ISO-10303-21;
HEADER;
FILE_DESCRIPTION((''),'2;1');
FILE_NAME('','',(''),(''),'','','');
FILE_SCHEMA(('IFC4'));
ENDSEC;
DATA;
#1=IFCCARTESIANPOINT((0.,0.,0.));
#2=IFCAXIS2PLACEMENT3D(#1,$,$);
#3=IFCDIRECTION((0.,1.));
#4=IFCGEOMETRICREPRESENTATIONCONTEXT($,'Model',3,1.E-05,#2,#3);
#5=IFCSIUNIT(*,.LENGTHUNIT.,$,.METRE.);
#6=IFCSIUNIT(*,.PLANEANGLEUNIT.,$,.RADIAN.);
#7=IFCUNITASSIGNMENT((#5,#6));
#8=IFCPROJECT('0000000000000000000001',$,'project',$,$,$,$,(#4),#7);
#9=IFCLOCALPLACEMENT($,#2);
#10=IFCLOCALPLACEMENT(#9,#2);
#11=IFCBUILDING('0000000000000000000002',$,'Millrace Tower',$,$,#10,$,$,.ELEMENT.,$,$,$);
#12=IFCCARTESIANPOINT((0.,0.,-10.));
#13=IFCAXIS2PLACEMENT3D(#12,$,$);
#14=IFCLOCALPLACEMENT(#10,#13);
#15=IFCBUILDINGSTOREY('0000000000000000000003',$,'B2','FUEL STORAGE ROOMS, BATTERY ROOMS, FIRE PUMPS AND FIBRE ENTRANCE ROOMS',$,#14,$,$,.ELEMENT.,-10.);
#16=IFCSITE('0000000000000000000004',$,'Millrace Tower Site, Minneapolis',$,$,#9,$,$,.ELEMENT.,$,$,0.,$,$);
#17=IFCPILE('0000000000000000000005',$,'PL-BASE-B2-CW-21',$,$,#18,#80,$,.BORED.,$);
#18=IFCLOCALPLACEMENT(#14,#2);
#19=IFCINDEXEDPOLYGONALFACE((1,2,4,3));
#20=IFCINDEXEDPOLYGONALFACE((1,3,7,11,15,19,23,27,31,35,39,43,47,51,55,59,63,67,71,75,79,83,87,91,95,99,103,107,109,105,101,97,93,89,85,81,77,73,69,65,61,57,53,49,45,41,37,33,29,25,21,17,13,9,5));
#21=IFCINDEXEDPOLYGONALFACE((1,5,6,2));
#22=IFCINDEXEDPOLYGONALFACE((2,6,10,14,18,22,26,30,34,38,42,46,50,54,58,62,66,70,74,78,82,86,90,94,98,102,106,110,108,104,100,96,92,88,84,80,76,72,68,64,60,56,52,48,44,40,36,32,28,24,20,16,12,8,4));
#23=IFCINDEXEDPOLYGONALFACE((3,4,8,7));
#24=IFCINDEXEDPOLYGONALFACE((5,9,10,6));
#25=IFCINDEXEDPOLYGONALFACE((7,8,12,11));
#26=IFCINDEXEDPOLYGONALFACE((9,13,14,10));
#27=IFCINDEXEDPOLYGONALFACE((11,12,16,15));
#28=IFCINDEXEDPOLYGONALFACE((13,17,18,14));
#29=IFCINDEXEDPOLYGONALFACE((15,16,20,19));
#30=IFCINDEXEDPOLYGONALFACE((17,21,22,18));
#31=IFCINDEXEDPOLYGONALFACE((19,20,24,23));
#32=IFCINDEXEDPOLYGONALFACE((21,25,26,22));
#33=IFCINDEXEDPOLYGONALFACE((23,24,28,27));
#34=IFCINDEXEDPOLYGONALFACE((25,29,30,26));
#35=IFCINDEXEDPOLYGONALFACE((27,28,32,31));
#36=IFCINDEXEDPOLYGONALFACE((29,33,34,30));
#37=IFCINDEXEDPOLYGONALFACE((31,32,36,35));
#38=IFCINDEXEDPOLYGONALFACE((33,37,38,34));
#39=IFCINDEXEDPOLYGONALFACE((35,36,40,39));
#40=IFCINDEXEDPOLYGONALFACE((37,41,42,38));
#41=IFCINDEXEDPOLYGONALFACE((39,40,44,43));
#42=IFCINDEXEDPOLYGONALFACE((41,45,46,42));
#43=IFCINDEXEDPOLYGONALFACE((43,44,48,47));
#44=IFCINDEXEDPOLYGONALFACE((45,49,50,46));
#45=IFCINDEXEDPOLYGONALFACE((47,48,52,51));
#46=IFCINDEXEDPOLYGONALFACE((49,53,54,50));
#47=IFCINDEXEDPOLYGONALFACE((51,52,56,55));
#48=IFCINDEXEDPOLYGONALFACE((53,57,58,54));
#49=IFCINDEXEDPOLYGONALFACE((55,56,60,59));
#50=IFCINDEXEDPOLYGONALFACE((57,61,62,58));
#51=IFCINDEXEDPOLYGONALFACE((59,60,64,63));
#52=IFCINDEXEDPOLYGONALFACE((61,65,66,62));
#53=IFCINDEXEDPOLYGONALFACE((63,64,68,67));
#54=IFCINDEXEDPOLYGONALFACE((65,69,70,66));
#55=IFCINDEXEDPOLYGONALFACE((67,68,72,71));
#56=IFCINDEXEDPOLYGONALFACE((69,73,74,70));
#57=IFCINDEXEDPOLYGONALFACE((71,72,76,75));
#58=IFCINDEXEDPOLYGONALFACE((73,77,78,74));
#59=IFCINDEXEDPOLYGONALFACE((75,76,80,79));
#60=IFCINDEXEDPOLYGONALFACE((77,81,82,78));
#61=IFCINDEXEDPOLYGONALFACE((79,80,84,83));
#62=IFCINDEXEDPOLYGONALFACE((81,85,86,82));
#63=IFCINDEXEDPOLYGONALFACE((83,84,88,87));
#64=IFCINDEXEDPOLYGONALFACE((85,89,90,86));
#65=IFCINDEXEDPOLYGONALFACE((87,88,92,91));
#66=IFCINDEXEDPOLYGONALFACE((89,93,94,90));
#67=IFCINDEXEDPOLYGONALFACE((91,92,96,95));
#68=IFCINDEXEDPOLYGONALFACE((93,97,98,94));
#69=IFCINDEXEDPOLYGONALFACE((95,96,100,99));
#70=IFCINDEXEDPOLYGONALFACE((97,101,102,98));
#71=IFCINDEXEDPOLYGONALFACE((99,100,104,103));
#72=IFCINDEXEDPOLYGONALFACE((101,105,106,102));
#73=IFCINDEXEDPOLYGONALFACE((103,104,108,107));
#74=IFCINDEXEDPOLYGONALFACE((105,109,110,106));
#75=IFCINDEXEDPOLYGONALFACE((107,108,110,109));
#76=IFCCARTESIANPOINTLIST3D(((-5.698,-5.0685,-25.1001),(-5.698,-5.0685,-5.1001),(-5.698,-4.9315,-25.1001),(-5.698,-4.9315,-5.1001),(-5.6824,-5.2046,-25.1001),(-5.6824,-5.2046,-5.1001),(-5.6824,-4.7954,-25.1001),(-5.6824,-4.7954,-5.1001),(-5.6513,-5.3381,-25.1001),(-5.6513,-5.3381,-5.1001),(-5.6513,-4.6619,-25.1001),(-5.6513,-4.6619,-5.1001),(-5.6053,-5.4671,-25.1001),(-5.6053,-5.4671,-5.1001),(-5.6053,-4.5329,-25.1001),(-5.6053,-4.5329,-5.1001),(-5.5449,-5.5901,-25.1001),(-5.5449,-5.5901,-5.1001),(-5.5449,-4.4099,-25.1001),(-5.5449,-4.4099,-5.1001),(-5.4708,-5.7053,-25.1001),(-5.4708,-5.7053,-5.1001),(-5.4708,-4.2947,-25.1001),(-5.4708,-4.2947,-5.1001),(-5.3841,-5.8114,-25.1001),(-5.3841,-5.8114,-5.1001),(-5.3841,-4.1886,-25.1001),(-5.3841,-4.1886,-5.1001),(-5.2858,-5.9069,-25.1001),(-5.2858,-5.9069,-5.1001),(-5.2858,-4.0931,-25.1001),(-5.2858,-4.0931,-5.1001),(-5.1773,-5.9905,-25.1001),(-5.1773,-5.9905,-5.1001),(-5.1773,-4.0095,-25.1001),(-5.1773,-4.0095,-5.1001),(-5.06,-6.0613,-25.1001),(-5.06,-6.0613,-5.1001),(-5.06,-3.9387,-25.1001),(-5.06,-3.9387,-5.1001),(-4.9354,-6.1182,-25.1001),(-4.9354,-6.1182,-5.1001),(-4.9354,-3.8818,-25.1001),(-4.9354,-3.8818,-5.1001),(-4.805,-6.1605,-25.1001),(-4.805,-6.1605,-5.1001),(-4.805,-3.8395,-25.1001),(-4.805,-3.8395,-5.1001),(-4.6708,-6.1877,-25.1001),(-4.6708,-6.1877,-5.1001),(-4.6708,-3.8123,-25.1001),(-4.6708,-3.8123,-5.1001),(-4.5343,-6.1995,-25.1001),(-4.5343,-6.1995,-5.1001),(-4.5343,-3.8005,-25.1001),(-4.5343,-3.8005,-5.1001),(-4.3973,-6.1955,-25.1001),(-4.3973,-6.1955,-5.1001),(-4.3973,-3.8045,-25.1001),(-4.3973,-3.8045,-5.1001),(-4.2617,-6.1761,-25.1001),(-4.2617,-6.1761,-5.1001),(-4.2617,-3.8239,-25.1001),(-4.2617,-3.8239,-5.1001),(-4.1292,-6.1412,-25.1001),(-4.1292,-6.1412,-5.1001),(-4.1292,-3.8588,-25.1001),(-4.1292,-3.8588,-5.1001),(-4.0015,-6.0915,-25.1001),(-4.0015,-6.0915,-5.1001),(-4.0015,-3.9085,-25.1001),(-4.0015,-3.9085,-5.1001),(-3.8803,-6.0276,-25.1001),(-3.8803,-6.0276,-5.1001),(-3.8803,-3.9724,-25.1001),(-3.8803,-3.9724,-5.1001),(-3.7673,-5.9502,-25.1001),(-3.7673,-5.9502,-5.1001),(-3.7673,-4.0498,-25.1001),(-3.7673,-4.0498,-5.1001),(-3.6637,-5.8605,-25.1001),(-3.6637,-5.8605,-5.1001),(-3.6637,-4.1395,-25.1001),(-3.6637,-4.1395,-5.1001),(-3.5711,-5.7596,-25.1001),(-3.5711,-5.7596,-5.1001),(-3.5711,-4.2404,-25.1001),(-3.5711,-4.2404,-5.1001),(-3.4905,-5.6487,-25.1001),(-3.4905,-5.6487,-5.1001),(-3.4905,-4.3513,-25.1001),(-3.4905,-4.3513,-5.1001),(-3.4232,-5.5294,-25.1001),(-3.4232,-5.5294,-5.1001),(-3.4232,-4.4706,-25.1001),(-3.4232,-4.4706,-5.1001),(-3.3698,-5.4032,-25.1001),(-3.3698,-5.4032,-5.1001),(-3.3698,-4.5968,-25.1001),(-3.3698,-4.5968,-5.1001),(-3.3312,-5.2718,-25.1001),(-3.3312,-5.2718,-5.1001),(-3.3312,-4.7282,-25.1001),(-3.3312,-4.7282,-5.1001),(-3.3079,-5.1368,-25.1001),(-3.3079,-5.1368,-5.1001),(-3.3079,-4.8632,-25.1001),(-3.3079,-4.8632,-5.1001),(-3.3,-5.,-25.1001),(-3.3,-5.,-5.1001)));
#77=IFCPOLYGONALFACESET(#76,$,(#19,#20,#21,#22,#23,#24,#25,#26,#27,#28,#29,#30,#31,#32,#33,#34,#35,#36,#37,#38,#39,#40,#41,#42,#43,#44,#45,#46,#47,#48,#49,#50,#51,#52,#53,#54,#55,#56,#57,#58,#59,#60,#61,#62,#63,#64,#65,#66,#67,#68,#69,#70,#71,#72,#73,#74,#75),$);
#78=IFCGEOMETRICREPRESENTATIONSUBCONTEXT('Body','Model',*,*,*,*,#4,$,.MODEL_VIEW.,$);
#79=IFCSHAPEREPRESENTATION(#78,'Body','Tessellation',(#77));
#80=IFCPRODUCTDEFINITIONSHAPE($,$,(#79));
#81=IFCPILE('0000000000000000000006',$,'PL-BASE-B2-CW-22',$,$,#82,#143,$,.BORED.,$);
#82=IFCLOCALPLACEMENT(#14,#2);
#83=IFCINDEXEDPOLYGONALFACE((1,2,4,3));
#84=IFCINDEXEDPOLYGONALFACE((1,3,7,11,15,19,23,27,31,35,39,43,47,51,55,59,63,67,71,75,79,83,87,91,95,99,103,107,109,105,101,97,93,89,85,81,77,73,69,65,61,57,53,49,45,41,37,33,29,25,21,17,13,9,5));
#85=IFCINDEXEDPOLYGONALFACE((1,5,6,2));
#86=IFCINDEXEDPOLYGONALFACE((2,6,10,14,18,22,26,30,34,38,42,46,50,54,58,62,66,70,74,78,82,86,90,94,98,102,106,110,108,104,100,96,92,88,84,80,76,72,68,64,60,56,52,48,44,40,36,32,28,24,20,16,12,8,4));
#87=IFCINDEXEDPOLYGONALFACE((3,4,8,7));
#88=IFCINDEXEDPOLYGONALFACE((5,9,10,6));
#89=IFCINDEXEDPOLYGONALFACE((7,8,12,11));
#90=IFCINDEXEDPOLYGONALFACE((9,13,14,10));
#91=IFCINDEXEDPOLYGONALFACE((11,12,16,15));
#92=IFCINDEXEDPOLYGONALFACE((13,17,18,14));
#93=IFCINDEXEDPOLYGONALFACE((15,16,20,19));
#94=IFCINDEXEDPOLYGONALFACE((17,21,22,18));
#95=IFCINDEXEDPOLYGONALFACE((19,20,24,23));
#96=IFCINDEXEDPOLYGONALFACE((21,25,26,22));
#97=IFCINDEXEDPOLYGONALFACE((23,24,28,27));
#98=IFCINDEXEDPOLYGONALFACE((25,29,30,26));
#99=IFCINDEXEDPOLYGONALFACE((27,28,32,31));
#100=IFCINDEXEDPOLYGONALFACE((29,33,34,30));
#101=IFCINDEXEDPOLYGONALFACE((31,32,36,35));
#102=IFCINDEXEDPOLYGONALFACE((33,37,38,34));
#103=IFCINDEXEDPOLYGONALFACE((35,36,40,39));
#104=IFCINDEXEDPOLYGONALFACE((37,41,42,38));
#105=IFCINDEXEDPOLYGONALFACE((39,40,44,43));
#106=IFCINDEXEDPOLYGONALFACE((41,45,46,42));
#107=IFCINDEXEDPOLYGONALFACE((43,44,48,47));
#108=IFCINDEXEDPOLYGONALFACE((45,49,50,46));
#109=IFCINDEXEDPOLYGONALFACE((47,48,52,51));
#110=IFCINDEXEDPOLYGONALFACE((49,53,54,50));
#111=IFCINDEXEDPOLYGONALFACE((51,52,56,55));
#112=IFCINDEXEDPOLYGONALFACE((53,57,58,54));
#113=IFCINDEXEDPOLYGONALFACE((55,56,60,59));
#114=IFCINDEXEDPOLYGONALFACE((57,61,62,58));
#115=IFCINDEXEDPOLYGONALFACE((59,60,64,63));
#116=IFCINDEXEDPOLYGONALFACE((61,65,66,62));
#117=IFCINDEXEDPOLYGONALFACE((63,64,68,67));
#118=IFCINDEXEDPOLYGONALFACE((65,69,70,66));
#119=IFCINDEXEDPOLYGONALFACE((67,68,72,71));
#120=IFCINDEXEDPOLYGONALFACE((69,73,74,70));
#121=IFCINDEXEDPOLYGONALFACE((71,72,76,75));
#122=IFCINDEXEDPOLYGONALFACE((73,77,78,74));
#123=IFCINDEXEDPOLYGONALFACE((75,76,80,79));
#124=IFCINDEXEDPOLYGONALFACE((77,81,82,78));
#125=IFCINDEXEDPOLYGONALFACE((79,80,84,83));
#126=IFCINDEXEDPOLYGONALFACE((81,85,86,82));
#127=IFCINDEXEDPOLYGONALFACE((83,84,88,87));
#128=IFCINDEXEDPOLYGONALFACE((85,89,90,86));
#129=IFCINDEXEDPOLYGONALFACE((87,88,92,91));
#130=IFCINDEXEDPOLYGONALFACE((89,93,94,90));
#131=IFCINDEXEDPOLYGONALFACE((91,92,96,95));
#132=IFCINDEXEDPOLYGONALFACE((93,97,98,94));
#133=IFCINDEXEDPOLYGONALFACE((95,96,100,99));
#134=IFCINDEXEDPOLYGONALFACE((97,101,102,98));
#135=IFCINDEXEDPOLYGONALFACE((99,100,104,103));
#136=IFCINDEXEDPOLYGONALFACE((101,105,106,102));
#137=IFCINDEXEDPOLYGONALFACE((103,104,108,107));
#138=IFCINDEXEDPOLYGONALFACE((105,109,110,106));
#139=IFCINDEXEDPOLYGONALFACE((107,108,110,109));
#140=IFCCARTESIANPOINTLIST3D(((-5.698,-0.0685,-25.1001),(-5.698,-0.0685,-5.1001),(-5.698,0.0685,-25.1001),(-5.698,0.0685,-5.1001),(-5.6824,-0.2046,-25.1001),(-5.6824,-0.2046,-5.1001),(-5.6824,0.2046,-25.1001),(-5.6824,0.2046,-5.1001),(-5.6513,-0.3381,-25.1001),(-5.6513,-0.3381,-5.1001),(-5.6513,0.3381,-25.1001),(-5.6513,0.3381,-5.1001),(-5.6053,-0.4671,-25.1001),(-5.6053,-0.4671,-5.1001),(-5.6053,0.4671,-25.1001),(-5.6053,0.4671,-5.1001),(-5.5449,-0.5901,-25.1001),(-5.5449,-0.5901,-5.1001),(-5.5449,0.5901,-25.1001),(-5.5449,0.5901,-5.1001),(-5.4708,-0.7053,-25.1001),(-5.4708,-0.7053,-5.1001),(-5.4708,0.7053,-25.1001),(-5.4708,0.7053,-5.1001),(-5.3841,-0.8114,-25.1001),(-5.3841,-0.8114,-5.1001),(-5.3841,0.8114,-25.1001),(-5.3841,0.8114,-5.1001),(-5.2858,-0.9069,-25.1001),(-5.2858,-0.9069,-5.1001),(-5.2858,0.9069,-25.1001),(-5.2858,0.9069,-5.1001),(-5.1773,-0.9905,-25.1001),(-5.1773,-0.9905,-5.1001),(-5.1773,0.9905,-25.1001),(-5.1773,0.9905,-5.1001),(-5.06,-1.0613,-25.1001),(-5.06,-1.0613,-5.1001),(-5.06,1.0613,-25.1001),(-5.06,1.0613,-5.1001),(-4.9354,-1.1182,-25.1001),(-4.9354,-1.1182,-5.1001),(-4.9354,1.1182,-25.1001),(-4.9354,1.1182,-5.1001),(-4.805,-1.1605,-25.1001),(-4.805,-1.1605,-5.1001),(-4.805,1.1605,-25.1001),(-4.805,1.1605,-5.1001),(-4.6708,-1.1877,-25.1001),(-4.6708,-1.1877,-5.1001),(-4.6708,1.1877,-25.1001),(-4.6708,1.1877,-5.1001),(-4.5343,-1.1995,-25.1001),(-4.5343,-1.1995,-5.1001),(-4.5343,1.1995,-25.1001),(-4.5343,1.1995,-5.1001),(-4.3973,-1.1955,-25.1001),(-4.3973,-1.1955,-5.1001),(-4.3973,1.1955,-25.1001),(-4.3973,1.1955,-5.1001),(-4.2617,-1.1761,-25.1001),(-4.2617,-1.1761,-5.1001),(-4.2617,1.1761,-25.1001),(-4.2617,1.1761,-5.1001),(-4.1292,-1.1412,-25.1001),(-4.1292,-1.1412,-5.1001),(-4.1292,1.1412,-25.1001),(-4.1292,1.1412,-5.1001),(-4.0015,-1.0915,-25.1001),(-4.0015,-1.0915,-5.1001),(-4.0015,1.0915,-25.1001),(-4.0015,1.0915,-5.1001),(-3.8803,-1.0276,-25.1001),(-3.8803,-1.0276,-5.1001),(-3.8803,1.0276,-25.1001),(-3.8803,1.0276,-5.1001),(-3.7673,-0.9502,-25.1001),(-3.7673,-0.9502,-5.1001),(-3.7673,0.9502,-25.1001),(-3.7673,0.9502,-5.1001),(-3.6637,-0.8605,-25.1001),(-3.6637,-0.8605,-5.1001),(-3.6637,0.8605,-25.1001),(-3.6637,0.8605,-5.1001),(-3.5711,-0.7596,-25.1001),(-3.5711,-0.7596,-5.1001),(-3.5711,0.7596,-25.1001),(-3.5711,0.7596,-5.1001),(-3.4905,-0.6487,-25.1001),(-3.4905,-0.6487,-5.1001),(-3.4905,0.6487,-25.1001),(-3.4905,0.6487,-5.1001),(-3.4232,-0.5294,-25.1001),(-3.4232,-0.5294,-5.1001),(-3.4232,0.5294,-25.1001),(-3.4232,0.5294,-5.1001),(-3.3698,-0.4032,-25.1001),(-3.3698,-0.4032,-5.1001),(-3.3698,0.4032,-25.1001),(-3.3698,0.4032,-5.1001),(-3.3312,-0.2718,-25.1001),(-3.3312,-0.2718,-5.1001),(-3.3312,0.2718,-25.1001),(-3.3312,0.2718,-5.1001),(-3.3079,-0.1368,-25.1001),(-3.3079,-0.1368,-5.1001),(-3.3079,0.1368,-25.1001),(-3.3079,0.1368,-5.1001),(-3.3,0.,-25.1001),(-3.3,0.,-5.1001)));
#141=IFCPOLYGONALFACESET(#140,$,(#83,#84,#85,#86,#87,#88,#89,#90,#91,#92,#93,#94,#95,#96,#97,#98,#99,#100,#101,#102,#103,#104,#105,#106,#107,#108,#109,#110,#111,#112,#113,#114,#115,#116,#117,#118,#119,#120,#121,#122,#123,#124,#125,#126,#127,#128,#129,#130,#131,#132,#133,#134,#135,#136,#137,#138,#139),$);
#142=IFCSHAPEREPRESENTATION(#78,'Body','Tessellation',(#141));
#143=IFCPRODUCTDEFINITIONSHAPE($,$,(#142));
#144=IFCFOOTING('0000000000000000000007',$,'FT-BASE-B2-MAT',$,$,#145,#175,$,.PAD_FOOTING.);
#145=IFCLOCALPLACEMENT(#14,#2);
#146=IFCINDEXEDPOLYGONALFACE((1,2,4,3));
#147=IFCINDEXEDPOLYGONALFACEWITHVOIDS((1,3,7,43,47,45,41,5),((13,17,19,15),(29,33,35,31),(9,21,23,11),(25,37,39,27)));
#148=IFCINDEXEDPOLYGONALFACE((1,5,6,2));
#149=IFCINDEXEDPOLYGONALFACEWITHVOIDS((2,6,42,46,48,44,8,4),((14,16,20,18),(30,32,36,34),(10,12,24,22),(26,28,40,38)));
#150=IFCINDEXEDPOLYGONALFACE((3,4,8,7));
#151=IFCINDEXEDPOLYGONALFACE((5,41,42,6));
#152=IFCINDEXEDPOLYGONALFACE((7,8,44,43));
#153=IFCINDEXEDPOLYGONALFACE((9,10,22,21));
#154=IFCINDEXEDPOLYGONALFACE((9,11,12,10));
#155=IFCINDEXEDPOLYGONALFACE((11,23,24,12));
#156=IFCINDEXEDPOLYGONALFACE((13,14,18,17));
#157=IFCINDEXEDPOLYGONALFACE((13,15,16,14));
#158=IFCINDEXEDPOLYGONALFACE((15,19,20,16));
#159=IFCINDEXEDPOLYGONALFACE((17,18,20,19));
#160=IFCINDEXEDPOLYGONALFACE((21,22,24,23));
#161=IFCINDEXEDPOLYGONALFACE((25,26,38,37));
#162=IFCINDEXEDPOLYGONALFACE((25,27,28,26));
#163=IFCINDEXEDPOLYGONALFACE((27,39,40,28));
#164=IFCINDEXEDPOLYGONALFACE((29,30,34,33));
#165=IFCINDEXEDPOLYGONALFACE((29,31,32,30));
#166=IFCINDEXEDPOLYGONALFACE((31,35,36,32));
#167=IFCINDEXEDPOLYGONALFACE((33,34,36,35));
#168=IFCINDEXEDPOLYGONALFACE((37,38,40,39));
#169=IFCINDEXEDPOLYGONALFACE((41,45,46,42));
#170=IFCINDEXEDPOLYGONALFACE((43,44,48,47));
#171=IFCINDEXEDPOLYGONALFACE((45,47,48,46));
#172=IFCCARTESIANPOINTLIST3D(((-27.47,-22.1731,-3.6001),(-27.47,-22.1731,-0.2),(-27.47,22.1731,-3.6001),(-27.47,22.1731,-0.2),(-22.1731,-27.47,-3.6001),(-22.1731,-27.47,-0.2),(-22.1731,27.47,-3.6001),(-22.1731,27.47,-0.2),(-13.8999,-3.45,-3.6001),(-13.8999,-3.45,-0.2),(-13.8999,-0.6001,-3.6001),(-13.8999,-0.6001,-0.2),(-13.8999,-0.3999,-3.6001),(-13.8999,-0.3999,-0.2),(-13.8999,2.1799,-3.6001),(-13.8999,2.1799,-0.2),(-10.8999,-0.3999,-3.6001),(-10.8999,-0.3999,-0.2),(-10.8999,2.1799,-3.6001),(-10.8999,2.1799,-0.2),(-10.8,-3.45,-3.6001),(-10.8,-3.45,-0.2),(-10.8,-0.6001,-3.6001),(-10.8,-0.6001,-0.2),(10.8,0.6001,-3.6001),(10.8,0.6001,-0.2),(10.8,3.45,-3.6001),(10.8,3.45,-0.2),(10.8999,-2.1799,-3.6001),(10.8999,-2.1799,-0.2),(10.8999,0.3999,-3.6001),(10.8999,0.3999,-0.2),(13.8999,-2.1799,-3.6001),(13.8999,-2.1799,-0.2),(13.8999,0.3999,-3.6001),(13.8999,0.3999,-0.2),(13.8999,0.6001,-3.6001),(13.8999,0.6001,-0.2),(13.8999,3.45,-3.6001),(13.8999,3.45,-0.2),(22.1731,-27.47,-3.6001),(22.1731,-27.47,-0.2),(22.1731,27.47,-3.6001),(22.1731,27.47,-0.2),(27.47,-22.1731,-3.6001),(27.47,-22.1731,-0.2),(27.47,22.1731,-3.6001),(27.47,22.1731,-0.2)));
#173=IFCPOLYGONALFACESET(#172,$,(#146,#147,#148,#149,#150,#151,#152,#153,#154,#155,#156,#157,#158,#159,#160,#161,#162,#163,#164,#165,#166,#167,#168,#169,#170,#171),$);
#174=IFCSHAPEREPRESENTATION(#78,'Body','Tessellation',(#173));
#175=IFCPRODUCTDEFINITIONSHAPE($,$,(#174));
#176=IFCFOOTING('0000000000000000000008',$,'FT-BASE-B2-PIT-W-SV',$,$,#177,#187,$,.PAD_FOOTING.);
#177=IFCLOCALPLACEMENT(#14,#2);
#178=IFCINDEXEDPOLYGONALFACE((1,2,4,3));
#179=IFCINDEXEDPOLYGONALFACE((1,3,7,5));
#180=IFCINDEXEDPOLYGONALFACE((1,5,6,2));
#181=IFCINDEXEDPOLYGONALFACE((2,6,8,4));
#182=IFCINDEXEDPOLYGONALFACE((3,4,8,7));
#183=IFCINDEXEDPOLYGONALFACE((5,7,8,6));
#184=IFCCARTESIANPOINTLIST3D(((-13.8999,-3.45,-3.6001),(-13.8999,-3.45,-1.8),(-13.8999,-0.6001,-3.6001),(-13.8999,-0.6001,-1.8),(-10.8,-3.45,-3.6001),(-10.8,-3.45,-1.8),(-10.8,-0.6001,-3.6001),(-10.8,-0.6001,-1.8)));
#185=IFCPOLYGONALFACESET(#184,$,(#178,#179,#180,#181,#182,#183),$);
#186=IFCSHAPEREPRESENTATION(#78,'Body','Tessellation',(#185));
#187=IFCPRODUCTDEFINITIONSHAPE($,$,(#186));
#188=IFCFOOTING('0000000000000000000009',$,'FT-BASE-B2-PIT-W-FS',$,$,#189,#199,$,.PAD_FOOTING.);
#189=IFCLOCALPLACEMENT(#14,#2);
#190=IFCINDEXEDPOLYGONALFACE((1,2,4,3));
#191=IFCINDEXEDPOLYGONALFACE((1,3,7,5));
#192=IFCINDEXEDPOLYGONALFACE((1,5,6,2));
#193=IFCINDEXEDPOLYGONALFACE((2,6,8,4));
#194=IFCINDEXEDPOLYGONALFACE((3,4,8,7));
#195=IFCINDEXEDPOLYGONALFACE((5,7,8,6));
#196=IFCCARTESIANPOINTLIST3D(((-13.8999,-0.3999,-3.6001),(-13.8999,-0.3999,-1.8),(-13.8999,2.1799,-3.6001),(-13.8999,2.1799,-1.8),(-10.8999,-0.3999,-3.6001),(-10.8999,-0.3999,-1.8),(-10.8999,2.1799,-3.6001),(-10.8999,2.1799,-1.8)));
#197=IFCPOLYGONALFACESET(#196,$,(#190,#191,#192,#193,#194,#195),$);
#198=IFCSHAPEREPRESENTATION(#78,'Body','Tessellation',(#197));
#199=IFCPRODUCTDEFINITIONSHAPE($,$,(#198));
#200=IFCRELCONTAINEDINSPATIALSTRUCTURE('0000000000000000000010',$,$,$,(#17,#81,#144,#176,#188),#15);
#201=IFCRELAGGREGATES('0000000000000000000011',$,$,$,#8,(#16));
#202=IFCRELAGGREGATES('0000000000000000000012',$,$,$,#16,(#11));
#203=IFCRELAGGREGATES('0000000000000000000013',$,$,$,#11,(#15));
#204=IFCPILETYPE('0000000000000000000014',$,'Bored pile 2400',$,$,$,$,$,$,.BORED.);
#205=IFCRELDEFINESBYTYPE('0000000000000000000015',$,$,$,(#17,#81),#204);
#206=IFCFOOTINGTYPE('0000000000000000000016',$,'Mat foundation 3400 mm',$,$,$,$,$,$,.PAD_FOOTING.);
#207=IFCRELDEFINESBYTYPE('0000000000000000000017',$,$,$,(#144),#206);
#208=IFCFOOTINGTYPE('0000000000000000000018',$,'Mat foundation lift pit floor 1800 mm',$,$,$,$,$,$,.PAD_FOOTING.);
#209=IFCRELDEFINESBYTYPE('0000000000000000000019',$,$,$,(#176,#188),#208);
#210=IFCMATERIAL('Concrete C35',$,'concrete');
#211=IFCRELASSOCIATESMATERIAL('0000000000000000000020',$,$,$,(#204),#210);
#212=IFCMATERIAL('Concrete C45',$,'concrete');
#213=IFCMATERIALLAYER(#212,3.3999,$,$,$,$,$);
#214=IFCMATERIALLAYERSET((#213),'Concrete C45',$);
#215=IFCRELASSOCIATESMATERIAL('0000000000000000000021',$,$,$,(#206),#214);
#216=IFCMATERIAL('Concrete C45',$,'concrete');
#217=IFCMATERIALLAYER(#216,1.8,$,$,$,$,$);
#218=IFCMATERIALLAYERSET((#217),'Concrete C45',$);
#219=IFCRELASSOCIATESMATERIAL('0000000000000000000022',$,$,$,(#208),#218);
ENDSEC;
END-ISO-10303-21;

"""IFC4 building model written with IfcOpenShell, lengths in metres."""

from ifc_helpers import new_model, si_unit, direction, frame, origin, origin_2d, place, context, subcontext, project, spatial, polyline, circle, outline, extrude, material, layer, layer_set, material_profile, profile_set, type_object, element, save


model = new_model("IFC4")

# Units and contexts
model_context = context("Model", 3, precision=1e-05, world=origin(), true_north=direction((0.0, 1.0)))
body_context = subcontext(model_context, "Body", "Model", "MODEL_VIEW")
ifc_project = project(units=[si_unit("LENGTHUNIT", "METRE"), si_unit("PLANEANGLEUNIT", "RADIAN")], contexts=[model_context])

# Site, building, storey
site_placement = place(None, origin())
site = spatial("IfcSite", under=ifc_project, at=site_placement, Name="Millrace Tower Site, Minneapolis", CompositionType="ELEMENT", RefElevation=0.0)
building_placement = place(site_placement, origin())
building = spatial("IfcBuilding", under=site, at=building_placement, Name="Millrace Tower", CompositionType="ELEMENT")
storey_placement = place(building_placement, frame((0.0, 0.0, -10.0)))
storey = spatial("IfcBuildingStorey", under=building, at=storey_placement, Name="B2", Description="FUEL STORAGE ROOMS, BATTERY ROOMS, FIRE PUMPS AND FIBRE ENTRANCE ROOMS", CompositionType="ELEMENT", Elevation=-10.0)

# Piles
ifc_material_1 = material(Name="Concrete C35", Category="concrete")
ifc_material_profile_1 = material_profile(ifc_material_1, circle(Radius=1.2, at=origin_2d()))
ifc_profile_set_1 = profile_set([ifc_material_profile_1], Name="Concrete C35")
pile_type = type_object("IfcPileType", Name="Bored pile 2400", PredefinedType="BORED", material=ifc_profile_set_1)
for number, where, z_axis, x_axis, name in (
    (1, (-4.5, -5.0, -5.1001), (0.0, 0.0, -1.0), (1.0, 0.0, 0.0), "PL-BASE-B2-CW-21"),
    (2, (-4.5, 0.0, -5.1001), (0.0, 0.0, -1.0), (1.0, 0.0, 0.0), "PL-BASE-B2-CW-22"),
):
    element("IfcPile", number, at=place(storey_placement, frame(where, z_axis=z_axis, x_axis=x_axis)), inside=storey, type_object=pile_type, Name=name, PredefinedType="BORED", context=body_context, shape_type="SweptSolid", body=[
        extrude(circle(Radius=1.2, at=origin_2d()), origin(), (0.0, 0.0, 1.0), 20.0),
    ])

# Footings
ifc_material_2 = material(Name="Concrete C45", Category="concrete")
ifc_layer_1 = layer(ifc_material_2, 3.3999)
ifc_layer_set_1 = layer_set([ifc_layer_1], Name="Concrete C45")
footing_type_1 = type_object("IfcFootingType", Name="Mat foundation 3400 mm", PredefinedType="PAD_FOOTING", material=ifc_layer_set_1)
placement_1 = place(storey_placement, frame((0.0, 0.0, -3.6001)))
element("IfcFooting", 3, at=placement_1, inside=storey, type_object=footing_type_1, Name="FT-BASE-B2-MAT", PredefinedType="PAD_FOOTING", context=body_context, shape_type="SweptSolid", body=[
    extrude(outline(polyline([(-27.47, -22.1731), (-22.1731, -27.47), (22.1731, -27.47), (27.47, -22.1731), (27.47, 22.1731), (22.1731, 27.47), (-22.1731, 27.47), (-27.47, 22.1731), (-27.47, -22.1731)]), holes=[polyline([(-13.8999, -3.45), (-10.8, -3.45), (-10.8, -0.6001), (-13.8999, -0.6001), (-13.8999, -3.45)]), polyline([(-13.8999, -0.3999), (-10.8999, -0.3999), (-10.8999, 2.1799), (-13.8999, 2.1799), (-13.8999, -0.3999)]), polyline([(10.8, 0.6001), (13.8999, 0.6001), (13.8999, 3.45), (10.8, 3.45), (10.8, 0.6001)]), polyline([(10.8999, -2.1799), (13.8999, -2.1799), (13.8999, 0.3999), (10.8999, 0.3999), (10.8999, -2.1799)])]), origin(), (0.0, 0.0, 1.0), 3.4001),
])
ifc_material_3 = material(Name="Concrete C45", Category="concrete")
ifc_layer_2 = layer(ifc_material_3, 1.8)
ifc_layer_set_2 = layer_set([ifc_layer_2], Name="Concrete C45")
footing_type_2 = type_object("IfcFootingType", Name="Mat foundation lift pit floor 1800 mm", PredefinedType="PAD_FOOTING", material=ifc_layer_set_2)
element("IfcFooting", 4, at=placement_1, inside=storey, type_object=footing_type_2, Name="FT-BASE-B2-PIT-W-SV", PredefinedType="PAD_FOOTING", context=body_context, shape_type="SweptSolid", body=[
    extrude(outline(polyline([(-13.8999, -3.45), (-10.8, -3.45), (-10.8, -0.6001), (-13.8999, -0.6001), (-13.8999, -3.45)])), origin(), (0.0, 0.0, 1.0), 1.8),
])
element("IfcFooting", 5, at=placement_1, inside=storey, type_object=footing_type_2, Name="FT-BASE-B2-PIT-W-FS", PredefinedType="PAD_FOOTING", context=body_context, shape_type="SweptSolid", body=[
    extrude(outline(polyline([(-13.8999, -0.3999), (-10.8999, -0.3999), (-10.8999, 2.1799), (-13.8999, 2.1799), (-13.8999, -0.3999)])), origin(), (0.0, 0.0, 1.0), 1.8),
])

save(model, "model.ifc")
